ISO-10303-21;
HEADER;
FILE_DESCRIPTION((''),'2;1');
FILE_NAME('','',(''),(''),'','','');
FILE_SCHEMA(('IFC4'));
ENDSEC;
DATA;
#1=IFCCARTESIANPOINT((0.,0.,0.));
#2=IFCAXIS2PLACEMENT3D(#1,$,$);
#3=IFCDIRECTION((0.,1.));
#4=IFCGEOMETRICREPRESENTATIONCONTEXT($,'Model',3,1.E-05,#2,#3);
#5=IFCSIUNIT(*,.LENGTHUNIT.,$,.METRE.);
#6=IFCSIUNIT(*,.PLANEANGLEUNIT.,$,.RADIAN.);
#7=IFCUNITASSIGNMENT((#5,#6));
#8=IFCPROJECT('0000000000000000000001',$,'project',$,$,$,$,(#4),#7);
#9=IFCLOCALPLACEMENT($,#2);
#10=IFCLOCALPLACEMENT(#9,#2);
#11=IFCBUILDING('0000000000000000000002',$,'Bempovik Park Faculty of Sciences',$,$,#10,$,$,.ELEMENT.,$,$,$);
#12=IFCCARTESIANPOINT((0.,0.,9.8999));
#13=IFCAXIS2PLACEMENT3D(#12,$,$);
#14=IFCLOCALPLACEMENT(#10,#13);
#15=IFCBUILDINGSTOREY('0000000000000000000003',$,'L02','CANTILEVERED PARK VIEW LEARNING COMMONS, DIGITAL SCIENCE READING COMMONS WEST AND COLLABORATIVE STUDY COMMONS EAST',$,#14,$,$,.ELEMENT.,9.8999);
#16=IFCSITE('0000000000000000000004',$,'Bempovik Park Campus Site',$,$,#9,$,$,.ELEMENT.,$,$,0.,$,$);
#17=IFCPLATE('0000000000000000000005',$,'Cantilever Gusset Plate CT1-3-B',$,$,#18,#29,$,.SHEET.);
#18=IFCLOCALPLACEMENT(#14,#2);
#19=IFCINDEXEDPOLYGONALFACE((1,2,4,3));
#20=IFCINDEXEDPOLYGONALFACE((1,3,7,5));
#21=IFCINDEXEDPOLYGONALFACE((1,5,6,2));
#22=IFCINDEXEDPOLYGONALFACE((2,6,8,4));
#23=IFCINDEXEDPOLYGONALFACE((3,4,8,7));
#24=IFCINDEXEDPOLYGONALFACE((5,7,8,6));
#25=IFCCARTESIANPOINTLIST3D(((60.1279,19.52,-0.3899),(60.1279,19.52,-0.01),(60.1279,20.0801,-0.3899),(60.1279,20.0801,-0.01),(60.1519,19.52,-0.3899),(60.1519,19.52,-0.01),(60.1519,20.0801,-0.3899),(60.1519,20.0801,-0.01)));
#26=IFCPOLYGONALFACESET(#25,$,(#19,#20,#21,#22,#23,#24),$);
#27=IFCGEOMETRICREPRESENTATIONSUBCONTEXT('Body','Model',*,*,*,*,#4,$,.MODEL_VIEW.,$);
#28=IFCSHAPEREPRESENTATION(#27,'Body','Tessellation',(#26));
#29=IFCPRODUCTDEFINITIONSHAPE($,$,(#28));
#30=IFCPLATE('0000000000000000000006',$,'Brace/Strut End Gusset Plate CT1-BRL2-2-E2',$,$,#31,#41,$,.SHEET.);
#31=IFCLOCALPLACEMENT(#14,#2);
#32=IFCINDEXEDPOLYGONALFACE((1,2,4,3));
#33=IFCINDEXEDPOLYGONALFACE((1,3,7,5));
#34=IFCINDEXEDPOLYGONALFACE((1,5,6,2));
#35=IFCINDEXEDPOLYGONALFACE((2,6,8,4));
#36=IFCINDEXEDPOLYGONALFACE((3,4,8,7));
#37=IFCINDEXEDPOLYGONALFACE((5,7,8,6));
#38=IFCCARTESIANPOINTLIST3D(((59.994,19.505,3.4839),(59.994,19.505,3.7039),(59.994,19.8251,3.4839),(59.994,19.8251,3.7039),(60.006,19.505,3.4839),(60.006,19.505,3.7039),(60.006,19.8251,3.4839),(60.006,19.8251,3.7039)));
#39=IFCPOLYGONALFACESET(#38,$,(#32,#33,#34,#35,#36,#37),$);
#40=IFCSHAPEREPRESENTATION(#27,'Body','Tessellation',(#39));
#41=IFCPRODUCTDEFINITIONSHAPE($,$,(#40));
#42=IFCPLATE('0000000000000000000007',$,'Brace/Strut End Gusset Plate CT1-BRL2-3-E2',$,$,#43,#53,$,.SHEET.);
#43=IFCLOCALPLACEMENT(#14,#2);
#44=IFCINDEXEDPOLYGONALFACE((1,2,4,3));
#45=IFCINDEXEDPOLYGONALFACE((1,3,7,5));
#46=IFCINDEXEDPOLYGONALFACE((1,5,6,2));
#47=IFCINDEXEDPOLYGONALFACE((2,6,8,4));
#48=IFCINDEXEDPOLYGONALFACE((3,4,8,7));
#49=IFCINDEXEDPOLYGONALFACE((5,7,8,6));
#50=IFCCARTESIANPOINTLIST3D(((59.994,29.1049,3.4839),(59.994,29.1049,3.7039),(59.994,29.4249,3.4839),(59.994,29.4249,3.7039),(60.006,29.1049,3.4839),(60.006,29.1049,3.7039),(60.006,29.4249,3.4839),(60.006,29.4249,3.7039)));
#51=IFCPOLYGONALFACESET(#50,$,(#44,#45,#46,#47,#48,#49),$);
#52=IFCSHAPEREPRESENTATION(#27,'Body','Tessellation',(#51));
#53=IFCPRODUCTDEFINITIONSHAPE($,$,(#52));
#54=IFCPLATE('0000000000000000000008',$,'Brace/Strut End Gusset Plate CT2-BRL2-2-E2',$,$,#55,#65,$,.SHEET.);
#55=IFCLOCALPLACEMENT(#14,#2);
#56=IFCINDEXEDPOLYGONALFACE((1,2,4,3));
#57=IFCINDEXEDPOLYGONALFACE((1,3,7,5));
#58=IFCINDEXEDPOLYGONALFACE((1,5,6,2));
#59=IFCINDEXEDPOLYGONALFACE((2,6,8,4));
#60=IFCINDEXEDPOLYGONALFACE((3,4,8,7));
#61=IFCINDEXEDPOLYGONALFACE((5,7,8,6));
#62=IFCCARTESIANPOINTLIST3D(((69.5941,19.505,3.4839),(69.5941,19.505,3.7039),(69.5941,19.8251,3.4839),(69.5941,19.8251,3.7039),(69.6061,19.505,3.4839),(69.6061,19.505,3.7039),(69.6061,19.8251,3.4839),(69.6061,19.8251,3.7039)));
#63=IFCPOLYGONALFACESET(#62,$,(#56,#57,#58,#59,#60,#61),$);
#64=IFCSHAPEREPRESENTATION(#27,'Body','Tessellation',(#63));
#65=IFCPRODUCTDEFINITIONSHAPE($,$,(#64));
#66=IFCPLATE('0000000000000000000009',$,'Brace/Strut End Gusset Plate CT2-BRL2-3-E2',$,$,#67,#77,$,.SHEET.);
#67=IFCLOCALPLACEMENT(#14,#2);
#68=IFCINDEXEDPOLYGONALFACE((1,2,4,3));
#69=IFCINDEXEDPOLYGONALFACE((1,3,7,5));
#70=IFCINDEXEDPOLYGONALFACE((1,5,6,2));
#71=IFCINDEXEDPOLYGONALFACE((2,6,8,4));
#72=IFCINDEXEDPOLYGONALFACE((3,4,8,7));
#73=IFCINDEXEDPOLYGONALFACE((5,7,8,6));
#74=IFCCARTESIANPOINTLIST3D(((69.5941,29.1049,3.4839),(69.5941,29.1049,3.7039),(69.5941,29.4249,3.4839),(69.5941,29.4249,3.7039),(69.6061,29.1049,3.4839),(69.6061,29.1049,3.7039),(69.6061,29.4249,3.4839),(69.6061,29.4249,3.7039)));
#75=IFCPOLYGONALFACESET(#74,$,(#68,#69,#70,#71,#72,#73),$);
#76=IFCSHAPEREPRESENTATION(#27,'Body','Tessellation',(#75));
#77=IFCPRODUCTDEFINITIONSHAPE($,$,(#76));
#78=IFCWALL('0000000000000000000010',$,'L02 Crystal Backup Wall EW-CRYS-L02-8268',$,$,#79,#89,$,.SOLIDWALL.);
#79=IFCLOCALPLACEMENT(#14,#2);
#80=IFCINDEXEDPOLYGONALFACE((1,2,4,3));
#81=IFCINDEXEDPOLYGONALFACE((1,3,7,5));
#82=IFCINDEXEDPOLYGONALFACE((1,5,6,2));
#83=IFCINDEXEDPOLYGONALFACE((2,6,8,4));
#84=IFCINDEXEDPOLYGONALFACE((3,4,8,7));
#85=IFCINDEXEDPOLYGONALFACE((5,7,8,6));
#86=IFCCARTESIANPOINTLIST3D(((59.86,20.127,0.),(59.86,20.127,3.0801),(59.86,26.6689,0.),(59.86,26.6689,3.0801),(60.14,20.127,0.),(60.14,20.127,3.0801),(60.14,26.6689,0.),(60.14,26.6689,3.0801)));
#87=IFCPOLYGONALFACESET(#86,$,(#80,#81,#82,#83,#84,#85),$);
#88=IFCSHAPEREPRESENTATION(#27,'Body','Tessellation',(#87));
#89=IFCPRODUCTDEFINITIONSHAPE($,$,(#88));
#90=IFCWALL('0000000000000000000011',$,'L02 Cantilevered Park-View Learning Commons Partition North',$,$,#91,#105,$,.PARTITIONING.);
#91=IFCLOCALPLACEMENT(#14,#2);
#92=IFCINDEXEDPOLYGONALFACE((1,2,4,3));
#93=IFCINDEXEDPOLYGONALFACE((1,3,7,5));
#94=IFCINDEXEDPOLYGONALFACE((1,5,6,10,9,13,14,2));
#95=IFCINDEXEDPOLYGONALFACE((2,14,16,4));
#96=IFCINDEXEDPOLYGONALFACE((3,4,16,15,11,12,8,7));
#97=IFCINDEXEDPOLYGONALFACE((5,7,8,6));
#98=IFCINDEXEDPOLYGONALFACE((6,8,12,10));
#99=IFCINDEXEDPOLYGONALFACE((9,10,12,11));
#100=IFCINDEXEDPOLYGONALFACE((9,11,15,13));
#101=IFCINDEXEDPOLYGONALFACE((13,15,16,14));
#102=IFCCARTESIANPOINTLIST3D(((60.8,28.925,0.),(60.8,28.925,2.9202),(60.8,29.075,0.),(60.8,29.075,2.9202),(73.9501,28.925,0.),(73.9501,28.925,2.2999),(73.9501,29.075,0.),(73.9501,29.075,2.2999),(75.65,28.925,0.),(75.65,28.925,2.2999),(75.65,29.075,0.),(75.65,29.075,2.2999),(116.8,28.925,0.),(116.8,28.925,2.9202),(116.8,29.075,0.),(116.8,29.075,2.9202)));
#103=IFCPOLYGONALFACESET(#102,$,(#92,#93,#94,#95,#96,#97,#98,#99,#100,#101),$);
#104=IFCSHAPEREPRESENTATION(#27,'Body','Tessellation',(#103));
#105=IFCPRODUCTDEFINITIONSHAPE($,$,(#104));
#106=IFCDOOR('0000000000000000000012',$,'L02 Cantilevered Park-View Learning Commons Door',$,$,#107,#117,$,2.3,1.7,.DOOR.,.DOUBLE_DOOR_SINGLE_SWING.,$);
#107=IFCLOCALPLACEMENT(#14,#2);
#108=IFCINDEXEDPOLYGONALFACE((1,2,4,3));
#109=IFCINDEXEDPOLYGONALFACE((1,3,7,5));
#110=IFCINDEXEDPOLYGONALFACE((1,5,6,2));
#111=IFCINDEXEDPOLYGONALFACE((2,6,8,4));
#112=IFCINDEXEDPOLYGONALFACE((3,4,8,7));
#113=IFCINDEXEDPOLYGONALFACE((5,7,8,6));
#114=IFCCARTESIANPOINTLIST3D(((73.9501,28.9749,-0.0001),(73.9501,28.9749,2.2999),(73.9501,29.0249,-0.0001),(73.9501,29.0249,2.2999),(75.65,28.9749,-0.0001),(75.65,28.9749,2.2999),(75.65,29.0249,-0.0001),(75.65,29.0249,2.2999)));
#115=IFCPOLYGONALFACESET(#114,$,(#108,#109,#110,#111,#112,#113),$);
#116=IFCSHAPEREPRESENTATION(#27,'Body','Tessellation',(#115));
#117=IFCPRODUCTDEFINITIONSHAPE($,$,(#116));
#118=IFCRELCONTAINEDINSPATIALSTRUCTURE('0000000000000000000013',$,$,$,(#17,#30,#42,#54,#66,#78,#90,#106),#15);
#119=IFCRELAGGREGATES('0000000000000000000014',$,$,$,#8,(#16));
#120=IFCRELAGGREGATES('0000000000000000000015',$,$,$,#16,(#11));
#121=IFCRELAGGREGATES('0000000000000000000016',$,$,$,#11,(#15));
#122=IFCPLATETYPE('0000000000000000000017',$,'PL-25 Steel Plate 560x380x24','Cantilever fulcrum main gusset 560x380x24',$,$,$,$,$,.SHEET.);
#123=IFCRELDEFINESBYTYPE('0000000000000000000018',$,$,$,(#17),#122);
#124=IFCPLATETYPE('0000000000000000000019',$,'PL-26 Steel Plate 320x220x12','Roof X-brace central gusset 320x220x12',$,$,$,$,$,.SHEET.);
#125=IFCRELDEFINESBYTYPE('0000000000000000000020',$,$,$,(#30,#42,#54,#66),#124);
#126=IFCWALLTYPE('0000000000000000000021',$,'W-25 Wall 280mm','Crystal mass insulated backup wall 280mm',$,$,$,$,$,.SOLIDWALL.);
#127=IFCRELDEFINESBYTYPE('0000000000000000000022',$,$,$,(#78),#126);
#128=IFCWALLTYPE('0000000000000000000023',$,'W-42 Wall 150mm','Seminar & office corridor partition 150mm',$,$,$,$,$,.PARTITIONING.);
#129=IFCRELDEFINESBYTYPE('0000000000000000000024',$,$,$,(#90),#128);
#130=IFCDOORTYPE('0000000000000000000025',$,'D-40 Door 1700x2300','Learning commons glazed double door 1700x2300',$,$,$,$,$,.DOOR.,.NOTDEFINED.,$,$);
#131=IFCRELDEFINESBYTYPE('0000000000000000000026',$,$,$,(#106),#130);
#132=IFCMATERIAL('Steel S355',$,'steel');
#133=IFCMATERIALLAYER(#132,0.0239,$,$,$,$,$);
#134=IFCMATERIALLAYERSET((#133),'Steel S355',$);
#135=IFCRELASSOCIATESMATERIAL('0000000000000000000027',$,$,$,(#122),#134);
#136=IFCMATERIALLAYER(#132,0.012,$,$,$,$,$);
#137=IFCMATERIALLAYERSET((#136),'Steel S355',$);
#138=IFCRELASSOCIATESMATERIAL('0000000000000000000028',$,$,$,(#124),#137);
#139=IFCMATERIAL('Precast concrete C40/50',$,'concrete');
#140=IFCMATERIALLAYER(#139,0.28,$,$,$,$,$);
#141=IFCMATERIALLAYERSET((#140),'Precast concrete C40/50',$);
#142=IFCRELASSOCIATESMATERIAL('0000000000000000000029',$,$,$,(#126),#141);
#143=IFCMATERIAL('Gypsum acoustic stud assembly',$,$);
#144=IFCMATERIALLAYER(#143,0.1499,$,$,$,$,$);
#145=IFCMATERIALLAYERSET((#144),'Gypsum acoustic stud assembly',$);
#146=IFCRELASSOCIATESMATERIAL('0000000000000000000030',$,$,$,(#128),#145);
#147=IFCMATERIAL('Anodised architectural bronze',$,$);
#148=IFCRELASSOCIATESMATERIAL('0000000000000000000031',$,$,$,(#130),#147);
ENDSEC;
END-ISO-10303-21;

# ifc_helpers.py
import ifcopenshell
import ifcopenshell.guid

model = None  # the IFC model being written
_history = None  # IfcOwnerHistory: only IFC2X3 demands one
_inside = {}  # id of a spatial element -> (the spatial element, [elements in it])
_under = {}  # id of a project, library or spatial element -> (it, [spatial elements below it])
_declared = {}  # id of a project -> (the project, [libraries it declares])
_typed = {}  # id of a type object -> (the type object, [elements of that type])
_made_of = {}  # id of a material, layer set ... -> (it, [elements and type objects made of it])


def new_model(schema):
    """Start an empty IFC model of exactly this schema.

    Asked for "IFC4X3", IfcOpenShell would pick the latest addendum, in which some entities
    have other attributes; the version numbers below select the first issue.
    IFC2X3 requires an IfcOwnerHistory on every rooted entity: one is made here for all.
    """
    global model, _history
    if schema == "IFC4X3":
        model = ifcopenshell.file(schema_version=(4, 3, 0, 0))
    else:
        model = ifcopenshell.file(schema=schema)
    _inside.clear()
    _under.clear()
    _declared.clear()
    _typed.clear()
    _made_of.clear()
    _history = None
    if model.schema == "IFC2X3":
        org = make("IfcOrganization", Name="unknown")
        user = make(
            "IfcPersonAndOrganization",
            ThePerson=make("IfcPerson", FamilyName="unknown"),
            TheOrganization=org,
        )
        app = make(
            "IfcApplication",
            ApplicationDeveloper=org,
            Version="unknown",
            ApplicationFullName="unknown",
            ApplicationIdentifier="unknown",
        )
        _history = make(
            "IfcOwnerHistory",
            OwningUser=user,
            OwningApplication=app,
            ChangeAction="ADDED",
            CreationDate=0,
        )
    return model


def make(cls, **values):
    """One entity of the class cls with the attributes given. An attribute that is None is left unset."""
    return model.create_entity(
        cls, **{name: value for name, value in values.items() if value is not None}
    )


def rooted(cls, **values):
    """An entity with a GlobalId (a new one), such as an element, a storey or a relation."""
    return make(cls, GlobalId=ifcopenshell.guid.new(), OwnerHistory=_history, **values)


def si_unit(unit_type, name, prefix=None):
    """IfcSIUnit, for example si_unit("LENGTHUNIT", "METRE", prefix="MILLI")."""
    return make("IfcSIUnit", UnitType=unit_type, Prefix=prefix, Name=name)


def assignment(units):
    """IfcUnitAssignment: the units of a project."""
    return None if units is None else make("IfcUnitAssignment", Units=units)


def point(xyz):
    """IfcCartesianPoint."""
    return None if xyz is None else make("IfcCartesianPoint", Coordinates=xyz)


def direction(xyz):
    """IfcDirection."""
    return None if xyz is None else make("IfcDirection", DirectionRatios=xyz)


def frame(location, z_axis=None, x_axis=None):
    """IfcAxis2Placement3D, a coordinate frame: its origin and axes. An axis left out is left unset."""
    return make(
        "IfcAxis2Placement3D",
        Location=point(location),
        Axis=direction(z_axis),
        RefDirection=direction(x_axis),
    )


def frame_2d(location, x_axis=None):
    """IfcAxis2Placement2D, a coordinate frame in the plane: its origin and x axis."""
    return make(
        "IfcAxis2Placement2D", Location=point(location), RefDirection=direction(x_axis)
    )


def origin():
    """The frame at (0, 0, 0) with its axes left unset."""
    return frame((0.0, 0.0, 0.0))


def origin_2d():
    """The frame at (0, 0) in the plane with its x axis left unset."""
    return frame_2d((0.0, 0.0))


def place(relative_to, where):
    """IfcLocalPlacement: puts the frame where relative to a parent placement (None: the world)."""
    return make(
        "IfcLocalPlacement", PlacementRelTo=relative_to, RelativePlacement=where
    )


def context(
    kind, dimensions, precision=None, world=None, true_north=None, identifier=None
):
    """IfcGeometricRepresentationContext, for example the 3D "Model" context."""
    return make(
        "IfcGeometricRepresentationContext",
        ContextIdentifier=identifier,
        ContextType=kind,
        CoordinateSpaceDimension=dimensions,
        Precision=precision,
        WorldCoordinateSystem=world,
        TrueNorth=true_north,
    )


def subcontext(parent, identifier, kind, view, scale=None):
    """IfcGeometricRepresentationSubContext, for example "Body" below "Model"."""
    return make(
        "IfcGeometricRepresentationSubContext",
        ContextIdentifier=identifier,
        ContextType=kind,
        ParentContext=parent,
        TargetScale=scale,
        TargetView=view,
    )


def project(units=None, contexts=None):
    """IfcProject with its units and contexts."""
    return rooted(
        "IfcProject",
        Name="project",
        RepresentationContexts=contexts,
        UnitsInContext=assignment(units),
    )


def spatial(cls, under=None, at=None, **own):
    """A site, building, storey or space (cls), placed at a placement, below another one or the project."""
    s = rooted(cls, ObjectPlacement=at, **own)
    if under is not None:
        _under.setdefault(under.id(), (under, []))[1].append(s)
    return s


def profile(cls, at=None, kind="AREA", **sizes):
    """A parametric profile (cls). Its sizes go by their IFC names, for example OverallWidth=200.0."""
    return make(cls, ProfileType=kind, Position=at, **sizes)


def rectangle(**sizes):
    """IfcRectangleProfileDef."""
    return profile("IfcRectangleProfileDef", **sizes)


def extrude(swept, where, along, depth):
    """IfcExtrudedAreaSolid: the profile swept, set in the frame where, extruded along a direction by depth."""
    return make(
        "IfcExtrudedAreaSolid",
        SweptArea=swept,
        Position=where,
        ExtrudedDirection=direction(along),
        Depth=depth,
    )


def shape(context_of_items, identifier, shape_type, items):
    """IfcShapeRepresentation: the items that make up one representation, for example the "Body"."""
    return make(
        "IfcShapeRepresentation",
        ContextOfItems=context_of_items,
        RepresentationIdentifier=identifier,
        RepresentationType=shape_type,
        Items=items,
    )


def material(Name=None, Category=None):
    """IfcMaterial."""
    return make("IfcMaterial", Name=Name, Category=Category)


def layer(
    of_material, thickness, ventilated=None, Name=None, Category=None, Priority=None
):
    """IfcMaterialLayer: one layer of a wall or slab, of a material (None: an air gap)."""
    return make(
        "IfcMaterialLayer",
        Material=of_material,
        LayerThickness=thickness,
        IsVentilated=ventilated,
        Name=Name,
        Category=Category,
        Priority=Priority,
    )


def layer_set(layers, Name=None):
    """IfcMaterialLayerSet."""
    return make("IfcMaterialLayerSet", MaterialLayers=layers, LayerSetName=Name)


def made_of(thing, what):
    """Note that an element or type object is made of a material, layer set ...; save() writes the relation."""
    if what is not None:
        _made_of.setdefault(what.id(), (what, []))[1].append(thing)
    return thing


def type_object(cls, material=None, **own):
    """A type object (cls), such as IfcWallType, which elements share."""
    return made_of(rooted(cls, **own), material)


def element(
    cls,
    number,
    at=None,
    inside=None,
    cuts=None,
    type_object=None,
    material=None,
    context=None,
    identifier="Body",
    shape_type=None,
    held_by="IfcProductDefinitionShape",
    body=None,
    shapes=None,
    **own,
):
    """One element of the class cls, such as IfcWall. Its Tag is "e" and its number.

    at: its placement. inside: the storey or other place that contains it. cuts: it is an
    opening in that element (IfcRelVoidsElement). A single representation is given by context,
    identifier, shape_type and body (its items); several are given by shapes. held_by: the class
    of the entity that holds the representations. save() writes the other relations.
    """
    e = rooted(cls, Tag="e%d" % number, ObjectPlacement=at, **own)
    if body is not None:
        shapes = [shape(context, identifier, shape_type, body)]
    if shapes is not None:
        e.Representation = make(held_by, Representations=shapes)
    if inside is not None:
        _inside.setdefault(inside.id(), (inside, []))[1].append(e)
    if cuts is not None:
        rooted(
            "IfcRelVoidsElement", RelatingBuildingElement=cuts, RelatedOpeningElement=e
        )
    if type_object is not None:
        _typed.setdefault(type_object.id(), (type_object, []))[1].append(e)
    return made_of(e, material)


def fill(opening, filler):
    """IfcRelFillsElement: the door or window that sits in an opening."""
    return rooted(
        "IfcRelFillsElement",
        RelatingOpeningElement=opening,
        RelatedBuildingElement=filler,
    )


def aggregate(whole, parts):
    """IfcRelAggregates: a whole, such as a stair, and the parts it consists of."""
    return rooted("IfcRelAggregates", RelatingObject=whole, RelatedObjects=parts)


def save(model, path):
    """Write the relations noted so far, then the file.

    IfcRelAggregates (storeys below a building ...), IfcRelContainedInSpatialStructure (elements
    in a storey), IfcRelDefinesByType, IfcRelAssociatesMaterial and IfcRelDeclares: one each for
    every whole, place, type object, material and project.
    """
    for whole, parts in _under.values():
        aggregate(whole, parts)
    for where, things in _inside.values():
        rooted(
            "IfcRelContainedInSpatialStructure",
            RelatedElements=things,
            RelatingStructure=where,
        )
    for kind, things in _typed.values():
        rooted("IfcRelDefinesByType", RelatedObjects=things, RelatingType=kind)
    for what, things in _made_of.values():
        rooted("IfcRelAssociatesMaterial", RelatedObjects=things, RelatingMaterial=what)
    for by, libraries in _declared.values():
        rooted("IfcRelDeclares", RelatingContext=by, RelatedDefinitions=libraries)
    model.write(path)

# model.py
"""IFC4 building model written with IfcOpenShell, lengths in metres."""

from ifc_helpers import new_model, si_unit, direction, frame, frame_2d, origin, origin_2d, place, context, subcontext, project, spatial, rectangle, extrude, material, layer, layer_set, type_object, element, fill, save


model = new_model("IFC4")

# Units and contexts
model_context = context("Model", 3, precision=1e-05, world=origin(), true_north=direction((0.0, 1.0)))
body_context = subcontext(model_context, "Body", "Model", "MODEL_VIEW")
ifc_project = project(units=[si_unit("LENGTHUNIT", "METRE"), si_unit("PLANEANGLEUNIT", "RADIAN")], contexts=[model_context])

# Site, building, storey
site_placement = place(None, origin())
site = spatial("IfcSite", under=ifc_project, at=site_placement, Name="Bempovik Park Campus Site", CompositionType="ELEMENT", RefElevation=0.0)
building_placement = place(site_placement, origin())
building = spatial("IfcBuilding", under=site, at=building_placement, Name="Bempovik Park Faculty of Sciences", CompositionType="ELEMENT")
storey_placement = place(building_placement, frame((0.0, 0.0, 9.8999)))
storey = spatial("IfcBuildingStorey", under=building, at=storey_placement, Name="L02", Description="CANTILEVERED PARK VIEW LEARNING COMMONS, DIGITAL SCIENCE READING COMMONS WEST AND COLLABORATIVE STUDY COMMONS EAST", CompositionType="ELEMENT", Elevation=9.8999)

# Shared definitions
ifc_material_1 = material(Name="Steel S355", Category="steel")

# Plates
ifc_layer_1 = layer(ifc_material_1, 0.0239)
ifc_layer_set_1 = layer_set([ifc_layer_1], Name="Steel S355")
plate_type_1 = type_object("IfcPlateType", Name="PL-25 Steel Plate 560x380x24", Description="Cantilever fulcrum main gusset 560x380x24", PredefinedType="SHEET", material=ifc_layer_set_1)
plate_1_placement = place(storey_placement, frame((60.1399, 19.8, -0.3899), z_axis=(0.0, 0.0, 1.0), x_axis=(1.0, 0.0, 0.0)))
element("IfcPlate", 1, at=plate_1_placement, inside=storey, type_object=plate_type_1, Name="Cantilever Gusset Plate CT1-3-B", PredefinedType="SHEET", context=body_context, shape_type="SweptSolid", body=[
    extrude(rectangle(XDim=0.0239, YDim=0.5601, at=origin_2d()), origin(), (0.0, 0.0, 1.0), 0.3799),
])
ifc_layer_2 = layer(ifc_material_1, 0.012)
ifc_layer_set_2 = layer_set([ifc_layer_2], Name="Steel S355")
plate_type_2 = type_object("IfcPlateType", Name="PL-26 Steel Plate 320x220x12", Description="Roof X-brace central gusset 320x220x12", PredefinedType="SHEET", material=ifc_layer_set_2)
for number, where, z_axis, x_axis, name in (
    (2, (60.0, 19.665, 3.4839), (0.0, 0.0, 1.0), (1.0, 0.0, 0.0), "Brace/Strut End Gusset Plate CT1-BRL2-2-E2"),
    (3, (60.0, 29.2649, 3.4839), (0.0, 0.0, 1.0), (1.0, 0.0, 0.0), "Brace/Strut End Gusset Plate CT1-BRL2-3-E2"),
    (4, (69.6001, 19.665, 3.4839), (0.0, 0.0, 1.0), (1.0, 0.0, 0.0), "Brace/Strut End Gusset Plate CT2-BRL2-2-E2"),
    (5, (69.6001, 29.2649, 3.4839), (0.0, 0.0, 1.0), (1.0, 0.0, 0.0), "Brace/Strut End Gusset Plate CT2-BRL2-3-E2"),
):
    element("IfcPlate", number, at=place(storey_placement, frame(where, z_axis=z_axis, x_axis=x_axis)), inside=storey, type_object=plate_type_2, Name=name, PredefinedType="SHEET", context=body_context, shape_type="SweptSolid", body=[
        extrude(rectangle(XDim=0.012, YDim=0.3201, at=origin_2d()), origin(), (0.0, 0.0, 1.0), 0.22),
    ])

# Wall
ifc_material_2 = material(Name="Precast concrete C40/50", Category="concrete")
ifc_layer_3 = layer(ifc_material_2, 0.28)
ifc_layer_set_3 = layer_set([ifc_layer_3], Name="Precast concrete C40/50")
wall_type_1 = type_object("IfcWallType", Name="W-25 Wall 280mm", Description="Crystal mass insulated backup wall 280mm", PredefinedType="SOLIDWALL", material=ifc_layer_set_3)
wall_1_placement = place(storey_placement, frame((60.0, 20.127, 0.0), z_axis=(0.0, 0.0, 1.0), x_axis=(0.0, 1.0, 0.0)))
element("IfcWall", 6, at=wall_1_placement, inside=storey, type_object=wall_type_1, Name="L02 Crystal Backup Wall EW-CRYS-L02-8268", PredefinedType="SOLIDWALL", context=body_context, shape_type="SweptSolid", body=[
    extrude(rectangle(XDim=6.542, YDim=0.28, at=frame_2d((3.271, 0.0))), origin(), (0.0, 0.0, 1.0), 3.0801),
])

# Wall, opening, door
ifc_material_3 = material(Name="Gypsum acoustic stud assembly")
ifc_layer_4 = layer(ifc_material_3, 0.1499)
ifc_layer_set_4 = layer_set([ifc_layer_4], Name="Gypsum acoustic stud assembly")
wall_type_2 = type_object("IfcWallType", Name="W-42 Wall 150mm", Description="Seminar & office corridor partition 150mm", PredefinedType="PARTITIONING", material=ifc_layer_set_4)
wall_2_placement = place(storey_placement, frame((60.8, 29.0, 0.0), z_axis=(0.0, 0.0, 1.0), x_axis=(1.0, 0.0, 0.0)))
wall_2 = element("IfcWall", 7, at=wall_2_placement, inside=storey, type_object=wall_type_2, Name="L02 Cantilevered Park-View Learning Commons Partition North", PredefinedType="PARTITIONING", context=body_context, shape_type="SweptSolid", body=[
    extrude(rectangle(XDim=56.0, YDim=0.1499, at=frame_2d((28.0, 0.0))), origin(), (0.0, 0.0, 1.0), 2.9202),
])
opening_placement = place(wall_2_placement, frame((13.1499, 0.0, 0.0)))
opening = element("IfcOpeningElement", 8, at=opening_placement, cuts=wall_2, PredefinedType="OPENING", context=body_context, shape_type="SweptSolid", body=[
    extrude(rectangle(XDim=1.7, YDim=2.3, at=frame_2d((0.8501, 1.1499))), frame((0.0, 0.085, 0.0), z_axis=(0.0, -1.0, 0.0), x_axis=(1.0, 0.0, 0.0)), (0.0, 0.0, 1.0), 0.1699),
])
ifc_material_4 = material(Name="Anodised architectural bronze")
door_type = type_object("IfcDoorType", Name="D-40 Door 1700x2300", Description="Learning commons glazed double door 1700x2300", OperationType="NOTDEFINED", PredefinedType="DOOR", material=ifc_material_4)
door_placement = place(opening_placement, origin())
door = element("IfcDoor", 9, at=door_placement, inside=storey, type_object=door_type, Name="L02 Cantilevered Park-View Learning Commons Door", OperationType="DOUBLE_DOOR_SINGLE_SWING", OverallHeight=2.3, OverallWidth=1.7, PredefinedType="DOOR", context=body_context, shape_type="SweptSolid", body=[
    extrude(rectangle(XDim=1.7, YDim=2.3, at=frame_2d((0.8501, 1.1499))), frame((0.0, 0.0249, 0.0), z_axis=(0.0, -1.0, 0.0), x_axis=(1.0, 0.0, 0.0)), (0.0, 0.0, 1.0), 0.05),
])
fill(opening, door)

save(model, "model.ifc")
